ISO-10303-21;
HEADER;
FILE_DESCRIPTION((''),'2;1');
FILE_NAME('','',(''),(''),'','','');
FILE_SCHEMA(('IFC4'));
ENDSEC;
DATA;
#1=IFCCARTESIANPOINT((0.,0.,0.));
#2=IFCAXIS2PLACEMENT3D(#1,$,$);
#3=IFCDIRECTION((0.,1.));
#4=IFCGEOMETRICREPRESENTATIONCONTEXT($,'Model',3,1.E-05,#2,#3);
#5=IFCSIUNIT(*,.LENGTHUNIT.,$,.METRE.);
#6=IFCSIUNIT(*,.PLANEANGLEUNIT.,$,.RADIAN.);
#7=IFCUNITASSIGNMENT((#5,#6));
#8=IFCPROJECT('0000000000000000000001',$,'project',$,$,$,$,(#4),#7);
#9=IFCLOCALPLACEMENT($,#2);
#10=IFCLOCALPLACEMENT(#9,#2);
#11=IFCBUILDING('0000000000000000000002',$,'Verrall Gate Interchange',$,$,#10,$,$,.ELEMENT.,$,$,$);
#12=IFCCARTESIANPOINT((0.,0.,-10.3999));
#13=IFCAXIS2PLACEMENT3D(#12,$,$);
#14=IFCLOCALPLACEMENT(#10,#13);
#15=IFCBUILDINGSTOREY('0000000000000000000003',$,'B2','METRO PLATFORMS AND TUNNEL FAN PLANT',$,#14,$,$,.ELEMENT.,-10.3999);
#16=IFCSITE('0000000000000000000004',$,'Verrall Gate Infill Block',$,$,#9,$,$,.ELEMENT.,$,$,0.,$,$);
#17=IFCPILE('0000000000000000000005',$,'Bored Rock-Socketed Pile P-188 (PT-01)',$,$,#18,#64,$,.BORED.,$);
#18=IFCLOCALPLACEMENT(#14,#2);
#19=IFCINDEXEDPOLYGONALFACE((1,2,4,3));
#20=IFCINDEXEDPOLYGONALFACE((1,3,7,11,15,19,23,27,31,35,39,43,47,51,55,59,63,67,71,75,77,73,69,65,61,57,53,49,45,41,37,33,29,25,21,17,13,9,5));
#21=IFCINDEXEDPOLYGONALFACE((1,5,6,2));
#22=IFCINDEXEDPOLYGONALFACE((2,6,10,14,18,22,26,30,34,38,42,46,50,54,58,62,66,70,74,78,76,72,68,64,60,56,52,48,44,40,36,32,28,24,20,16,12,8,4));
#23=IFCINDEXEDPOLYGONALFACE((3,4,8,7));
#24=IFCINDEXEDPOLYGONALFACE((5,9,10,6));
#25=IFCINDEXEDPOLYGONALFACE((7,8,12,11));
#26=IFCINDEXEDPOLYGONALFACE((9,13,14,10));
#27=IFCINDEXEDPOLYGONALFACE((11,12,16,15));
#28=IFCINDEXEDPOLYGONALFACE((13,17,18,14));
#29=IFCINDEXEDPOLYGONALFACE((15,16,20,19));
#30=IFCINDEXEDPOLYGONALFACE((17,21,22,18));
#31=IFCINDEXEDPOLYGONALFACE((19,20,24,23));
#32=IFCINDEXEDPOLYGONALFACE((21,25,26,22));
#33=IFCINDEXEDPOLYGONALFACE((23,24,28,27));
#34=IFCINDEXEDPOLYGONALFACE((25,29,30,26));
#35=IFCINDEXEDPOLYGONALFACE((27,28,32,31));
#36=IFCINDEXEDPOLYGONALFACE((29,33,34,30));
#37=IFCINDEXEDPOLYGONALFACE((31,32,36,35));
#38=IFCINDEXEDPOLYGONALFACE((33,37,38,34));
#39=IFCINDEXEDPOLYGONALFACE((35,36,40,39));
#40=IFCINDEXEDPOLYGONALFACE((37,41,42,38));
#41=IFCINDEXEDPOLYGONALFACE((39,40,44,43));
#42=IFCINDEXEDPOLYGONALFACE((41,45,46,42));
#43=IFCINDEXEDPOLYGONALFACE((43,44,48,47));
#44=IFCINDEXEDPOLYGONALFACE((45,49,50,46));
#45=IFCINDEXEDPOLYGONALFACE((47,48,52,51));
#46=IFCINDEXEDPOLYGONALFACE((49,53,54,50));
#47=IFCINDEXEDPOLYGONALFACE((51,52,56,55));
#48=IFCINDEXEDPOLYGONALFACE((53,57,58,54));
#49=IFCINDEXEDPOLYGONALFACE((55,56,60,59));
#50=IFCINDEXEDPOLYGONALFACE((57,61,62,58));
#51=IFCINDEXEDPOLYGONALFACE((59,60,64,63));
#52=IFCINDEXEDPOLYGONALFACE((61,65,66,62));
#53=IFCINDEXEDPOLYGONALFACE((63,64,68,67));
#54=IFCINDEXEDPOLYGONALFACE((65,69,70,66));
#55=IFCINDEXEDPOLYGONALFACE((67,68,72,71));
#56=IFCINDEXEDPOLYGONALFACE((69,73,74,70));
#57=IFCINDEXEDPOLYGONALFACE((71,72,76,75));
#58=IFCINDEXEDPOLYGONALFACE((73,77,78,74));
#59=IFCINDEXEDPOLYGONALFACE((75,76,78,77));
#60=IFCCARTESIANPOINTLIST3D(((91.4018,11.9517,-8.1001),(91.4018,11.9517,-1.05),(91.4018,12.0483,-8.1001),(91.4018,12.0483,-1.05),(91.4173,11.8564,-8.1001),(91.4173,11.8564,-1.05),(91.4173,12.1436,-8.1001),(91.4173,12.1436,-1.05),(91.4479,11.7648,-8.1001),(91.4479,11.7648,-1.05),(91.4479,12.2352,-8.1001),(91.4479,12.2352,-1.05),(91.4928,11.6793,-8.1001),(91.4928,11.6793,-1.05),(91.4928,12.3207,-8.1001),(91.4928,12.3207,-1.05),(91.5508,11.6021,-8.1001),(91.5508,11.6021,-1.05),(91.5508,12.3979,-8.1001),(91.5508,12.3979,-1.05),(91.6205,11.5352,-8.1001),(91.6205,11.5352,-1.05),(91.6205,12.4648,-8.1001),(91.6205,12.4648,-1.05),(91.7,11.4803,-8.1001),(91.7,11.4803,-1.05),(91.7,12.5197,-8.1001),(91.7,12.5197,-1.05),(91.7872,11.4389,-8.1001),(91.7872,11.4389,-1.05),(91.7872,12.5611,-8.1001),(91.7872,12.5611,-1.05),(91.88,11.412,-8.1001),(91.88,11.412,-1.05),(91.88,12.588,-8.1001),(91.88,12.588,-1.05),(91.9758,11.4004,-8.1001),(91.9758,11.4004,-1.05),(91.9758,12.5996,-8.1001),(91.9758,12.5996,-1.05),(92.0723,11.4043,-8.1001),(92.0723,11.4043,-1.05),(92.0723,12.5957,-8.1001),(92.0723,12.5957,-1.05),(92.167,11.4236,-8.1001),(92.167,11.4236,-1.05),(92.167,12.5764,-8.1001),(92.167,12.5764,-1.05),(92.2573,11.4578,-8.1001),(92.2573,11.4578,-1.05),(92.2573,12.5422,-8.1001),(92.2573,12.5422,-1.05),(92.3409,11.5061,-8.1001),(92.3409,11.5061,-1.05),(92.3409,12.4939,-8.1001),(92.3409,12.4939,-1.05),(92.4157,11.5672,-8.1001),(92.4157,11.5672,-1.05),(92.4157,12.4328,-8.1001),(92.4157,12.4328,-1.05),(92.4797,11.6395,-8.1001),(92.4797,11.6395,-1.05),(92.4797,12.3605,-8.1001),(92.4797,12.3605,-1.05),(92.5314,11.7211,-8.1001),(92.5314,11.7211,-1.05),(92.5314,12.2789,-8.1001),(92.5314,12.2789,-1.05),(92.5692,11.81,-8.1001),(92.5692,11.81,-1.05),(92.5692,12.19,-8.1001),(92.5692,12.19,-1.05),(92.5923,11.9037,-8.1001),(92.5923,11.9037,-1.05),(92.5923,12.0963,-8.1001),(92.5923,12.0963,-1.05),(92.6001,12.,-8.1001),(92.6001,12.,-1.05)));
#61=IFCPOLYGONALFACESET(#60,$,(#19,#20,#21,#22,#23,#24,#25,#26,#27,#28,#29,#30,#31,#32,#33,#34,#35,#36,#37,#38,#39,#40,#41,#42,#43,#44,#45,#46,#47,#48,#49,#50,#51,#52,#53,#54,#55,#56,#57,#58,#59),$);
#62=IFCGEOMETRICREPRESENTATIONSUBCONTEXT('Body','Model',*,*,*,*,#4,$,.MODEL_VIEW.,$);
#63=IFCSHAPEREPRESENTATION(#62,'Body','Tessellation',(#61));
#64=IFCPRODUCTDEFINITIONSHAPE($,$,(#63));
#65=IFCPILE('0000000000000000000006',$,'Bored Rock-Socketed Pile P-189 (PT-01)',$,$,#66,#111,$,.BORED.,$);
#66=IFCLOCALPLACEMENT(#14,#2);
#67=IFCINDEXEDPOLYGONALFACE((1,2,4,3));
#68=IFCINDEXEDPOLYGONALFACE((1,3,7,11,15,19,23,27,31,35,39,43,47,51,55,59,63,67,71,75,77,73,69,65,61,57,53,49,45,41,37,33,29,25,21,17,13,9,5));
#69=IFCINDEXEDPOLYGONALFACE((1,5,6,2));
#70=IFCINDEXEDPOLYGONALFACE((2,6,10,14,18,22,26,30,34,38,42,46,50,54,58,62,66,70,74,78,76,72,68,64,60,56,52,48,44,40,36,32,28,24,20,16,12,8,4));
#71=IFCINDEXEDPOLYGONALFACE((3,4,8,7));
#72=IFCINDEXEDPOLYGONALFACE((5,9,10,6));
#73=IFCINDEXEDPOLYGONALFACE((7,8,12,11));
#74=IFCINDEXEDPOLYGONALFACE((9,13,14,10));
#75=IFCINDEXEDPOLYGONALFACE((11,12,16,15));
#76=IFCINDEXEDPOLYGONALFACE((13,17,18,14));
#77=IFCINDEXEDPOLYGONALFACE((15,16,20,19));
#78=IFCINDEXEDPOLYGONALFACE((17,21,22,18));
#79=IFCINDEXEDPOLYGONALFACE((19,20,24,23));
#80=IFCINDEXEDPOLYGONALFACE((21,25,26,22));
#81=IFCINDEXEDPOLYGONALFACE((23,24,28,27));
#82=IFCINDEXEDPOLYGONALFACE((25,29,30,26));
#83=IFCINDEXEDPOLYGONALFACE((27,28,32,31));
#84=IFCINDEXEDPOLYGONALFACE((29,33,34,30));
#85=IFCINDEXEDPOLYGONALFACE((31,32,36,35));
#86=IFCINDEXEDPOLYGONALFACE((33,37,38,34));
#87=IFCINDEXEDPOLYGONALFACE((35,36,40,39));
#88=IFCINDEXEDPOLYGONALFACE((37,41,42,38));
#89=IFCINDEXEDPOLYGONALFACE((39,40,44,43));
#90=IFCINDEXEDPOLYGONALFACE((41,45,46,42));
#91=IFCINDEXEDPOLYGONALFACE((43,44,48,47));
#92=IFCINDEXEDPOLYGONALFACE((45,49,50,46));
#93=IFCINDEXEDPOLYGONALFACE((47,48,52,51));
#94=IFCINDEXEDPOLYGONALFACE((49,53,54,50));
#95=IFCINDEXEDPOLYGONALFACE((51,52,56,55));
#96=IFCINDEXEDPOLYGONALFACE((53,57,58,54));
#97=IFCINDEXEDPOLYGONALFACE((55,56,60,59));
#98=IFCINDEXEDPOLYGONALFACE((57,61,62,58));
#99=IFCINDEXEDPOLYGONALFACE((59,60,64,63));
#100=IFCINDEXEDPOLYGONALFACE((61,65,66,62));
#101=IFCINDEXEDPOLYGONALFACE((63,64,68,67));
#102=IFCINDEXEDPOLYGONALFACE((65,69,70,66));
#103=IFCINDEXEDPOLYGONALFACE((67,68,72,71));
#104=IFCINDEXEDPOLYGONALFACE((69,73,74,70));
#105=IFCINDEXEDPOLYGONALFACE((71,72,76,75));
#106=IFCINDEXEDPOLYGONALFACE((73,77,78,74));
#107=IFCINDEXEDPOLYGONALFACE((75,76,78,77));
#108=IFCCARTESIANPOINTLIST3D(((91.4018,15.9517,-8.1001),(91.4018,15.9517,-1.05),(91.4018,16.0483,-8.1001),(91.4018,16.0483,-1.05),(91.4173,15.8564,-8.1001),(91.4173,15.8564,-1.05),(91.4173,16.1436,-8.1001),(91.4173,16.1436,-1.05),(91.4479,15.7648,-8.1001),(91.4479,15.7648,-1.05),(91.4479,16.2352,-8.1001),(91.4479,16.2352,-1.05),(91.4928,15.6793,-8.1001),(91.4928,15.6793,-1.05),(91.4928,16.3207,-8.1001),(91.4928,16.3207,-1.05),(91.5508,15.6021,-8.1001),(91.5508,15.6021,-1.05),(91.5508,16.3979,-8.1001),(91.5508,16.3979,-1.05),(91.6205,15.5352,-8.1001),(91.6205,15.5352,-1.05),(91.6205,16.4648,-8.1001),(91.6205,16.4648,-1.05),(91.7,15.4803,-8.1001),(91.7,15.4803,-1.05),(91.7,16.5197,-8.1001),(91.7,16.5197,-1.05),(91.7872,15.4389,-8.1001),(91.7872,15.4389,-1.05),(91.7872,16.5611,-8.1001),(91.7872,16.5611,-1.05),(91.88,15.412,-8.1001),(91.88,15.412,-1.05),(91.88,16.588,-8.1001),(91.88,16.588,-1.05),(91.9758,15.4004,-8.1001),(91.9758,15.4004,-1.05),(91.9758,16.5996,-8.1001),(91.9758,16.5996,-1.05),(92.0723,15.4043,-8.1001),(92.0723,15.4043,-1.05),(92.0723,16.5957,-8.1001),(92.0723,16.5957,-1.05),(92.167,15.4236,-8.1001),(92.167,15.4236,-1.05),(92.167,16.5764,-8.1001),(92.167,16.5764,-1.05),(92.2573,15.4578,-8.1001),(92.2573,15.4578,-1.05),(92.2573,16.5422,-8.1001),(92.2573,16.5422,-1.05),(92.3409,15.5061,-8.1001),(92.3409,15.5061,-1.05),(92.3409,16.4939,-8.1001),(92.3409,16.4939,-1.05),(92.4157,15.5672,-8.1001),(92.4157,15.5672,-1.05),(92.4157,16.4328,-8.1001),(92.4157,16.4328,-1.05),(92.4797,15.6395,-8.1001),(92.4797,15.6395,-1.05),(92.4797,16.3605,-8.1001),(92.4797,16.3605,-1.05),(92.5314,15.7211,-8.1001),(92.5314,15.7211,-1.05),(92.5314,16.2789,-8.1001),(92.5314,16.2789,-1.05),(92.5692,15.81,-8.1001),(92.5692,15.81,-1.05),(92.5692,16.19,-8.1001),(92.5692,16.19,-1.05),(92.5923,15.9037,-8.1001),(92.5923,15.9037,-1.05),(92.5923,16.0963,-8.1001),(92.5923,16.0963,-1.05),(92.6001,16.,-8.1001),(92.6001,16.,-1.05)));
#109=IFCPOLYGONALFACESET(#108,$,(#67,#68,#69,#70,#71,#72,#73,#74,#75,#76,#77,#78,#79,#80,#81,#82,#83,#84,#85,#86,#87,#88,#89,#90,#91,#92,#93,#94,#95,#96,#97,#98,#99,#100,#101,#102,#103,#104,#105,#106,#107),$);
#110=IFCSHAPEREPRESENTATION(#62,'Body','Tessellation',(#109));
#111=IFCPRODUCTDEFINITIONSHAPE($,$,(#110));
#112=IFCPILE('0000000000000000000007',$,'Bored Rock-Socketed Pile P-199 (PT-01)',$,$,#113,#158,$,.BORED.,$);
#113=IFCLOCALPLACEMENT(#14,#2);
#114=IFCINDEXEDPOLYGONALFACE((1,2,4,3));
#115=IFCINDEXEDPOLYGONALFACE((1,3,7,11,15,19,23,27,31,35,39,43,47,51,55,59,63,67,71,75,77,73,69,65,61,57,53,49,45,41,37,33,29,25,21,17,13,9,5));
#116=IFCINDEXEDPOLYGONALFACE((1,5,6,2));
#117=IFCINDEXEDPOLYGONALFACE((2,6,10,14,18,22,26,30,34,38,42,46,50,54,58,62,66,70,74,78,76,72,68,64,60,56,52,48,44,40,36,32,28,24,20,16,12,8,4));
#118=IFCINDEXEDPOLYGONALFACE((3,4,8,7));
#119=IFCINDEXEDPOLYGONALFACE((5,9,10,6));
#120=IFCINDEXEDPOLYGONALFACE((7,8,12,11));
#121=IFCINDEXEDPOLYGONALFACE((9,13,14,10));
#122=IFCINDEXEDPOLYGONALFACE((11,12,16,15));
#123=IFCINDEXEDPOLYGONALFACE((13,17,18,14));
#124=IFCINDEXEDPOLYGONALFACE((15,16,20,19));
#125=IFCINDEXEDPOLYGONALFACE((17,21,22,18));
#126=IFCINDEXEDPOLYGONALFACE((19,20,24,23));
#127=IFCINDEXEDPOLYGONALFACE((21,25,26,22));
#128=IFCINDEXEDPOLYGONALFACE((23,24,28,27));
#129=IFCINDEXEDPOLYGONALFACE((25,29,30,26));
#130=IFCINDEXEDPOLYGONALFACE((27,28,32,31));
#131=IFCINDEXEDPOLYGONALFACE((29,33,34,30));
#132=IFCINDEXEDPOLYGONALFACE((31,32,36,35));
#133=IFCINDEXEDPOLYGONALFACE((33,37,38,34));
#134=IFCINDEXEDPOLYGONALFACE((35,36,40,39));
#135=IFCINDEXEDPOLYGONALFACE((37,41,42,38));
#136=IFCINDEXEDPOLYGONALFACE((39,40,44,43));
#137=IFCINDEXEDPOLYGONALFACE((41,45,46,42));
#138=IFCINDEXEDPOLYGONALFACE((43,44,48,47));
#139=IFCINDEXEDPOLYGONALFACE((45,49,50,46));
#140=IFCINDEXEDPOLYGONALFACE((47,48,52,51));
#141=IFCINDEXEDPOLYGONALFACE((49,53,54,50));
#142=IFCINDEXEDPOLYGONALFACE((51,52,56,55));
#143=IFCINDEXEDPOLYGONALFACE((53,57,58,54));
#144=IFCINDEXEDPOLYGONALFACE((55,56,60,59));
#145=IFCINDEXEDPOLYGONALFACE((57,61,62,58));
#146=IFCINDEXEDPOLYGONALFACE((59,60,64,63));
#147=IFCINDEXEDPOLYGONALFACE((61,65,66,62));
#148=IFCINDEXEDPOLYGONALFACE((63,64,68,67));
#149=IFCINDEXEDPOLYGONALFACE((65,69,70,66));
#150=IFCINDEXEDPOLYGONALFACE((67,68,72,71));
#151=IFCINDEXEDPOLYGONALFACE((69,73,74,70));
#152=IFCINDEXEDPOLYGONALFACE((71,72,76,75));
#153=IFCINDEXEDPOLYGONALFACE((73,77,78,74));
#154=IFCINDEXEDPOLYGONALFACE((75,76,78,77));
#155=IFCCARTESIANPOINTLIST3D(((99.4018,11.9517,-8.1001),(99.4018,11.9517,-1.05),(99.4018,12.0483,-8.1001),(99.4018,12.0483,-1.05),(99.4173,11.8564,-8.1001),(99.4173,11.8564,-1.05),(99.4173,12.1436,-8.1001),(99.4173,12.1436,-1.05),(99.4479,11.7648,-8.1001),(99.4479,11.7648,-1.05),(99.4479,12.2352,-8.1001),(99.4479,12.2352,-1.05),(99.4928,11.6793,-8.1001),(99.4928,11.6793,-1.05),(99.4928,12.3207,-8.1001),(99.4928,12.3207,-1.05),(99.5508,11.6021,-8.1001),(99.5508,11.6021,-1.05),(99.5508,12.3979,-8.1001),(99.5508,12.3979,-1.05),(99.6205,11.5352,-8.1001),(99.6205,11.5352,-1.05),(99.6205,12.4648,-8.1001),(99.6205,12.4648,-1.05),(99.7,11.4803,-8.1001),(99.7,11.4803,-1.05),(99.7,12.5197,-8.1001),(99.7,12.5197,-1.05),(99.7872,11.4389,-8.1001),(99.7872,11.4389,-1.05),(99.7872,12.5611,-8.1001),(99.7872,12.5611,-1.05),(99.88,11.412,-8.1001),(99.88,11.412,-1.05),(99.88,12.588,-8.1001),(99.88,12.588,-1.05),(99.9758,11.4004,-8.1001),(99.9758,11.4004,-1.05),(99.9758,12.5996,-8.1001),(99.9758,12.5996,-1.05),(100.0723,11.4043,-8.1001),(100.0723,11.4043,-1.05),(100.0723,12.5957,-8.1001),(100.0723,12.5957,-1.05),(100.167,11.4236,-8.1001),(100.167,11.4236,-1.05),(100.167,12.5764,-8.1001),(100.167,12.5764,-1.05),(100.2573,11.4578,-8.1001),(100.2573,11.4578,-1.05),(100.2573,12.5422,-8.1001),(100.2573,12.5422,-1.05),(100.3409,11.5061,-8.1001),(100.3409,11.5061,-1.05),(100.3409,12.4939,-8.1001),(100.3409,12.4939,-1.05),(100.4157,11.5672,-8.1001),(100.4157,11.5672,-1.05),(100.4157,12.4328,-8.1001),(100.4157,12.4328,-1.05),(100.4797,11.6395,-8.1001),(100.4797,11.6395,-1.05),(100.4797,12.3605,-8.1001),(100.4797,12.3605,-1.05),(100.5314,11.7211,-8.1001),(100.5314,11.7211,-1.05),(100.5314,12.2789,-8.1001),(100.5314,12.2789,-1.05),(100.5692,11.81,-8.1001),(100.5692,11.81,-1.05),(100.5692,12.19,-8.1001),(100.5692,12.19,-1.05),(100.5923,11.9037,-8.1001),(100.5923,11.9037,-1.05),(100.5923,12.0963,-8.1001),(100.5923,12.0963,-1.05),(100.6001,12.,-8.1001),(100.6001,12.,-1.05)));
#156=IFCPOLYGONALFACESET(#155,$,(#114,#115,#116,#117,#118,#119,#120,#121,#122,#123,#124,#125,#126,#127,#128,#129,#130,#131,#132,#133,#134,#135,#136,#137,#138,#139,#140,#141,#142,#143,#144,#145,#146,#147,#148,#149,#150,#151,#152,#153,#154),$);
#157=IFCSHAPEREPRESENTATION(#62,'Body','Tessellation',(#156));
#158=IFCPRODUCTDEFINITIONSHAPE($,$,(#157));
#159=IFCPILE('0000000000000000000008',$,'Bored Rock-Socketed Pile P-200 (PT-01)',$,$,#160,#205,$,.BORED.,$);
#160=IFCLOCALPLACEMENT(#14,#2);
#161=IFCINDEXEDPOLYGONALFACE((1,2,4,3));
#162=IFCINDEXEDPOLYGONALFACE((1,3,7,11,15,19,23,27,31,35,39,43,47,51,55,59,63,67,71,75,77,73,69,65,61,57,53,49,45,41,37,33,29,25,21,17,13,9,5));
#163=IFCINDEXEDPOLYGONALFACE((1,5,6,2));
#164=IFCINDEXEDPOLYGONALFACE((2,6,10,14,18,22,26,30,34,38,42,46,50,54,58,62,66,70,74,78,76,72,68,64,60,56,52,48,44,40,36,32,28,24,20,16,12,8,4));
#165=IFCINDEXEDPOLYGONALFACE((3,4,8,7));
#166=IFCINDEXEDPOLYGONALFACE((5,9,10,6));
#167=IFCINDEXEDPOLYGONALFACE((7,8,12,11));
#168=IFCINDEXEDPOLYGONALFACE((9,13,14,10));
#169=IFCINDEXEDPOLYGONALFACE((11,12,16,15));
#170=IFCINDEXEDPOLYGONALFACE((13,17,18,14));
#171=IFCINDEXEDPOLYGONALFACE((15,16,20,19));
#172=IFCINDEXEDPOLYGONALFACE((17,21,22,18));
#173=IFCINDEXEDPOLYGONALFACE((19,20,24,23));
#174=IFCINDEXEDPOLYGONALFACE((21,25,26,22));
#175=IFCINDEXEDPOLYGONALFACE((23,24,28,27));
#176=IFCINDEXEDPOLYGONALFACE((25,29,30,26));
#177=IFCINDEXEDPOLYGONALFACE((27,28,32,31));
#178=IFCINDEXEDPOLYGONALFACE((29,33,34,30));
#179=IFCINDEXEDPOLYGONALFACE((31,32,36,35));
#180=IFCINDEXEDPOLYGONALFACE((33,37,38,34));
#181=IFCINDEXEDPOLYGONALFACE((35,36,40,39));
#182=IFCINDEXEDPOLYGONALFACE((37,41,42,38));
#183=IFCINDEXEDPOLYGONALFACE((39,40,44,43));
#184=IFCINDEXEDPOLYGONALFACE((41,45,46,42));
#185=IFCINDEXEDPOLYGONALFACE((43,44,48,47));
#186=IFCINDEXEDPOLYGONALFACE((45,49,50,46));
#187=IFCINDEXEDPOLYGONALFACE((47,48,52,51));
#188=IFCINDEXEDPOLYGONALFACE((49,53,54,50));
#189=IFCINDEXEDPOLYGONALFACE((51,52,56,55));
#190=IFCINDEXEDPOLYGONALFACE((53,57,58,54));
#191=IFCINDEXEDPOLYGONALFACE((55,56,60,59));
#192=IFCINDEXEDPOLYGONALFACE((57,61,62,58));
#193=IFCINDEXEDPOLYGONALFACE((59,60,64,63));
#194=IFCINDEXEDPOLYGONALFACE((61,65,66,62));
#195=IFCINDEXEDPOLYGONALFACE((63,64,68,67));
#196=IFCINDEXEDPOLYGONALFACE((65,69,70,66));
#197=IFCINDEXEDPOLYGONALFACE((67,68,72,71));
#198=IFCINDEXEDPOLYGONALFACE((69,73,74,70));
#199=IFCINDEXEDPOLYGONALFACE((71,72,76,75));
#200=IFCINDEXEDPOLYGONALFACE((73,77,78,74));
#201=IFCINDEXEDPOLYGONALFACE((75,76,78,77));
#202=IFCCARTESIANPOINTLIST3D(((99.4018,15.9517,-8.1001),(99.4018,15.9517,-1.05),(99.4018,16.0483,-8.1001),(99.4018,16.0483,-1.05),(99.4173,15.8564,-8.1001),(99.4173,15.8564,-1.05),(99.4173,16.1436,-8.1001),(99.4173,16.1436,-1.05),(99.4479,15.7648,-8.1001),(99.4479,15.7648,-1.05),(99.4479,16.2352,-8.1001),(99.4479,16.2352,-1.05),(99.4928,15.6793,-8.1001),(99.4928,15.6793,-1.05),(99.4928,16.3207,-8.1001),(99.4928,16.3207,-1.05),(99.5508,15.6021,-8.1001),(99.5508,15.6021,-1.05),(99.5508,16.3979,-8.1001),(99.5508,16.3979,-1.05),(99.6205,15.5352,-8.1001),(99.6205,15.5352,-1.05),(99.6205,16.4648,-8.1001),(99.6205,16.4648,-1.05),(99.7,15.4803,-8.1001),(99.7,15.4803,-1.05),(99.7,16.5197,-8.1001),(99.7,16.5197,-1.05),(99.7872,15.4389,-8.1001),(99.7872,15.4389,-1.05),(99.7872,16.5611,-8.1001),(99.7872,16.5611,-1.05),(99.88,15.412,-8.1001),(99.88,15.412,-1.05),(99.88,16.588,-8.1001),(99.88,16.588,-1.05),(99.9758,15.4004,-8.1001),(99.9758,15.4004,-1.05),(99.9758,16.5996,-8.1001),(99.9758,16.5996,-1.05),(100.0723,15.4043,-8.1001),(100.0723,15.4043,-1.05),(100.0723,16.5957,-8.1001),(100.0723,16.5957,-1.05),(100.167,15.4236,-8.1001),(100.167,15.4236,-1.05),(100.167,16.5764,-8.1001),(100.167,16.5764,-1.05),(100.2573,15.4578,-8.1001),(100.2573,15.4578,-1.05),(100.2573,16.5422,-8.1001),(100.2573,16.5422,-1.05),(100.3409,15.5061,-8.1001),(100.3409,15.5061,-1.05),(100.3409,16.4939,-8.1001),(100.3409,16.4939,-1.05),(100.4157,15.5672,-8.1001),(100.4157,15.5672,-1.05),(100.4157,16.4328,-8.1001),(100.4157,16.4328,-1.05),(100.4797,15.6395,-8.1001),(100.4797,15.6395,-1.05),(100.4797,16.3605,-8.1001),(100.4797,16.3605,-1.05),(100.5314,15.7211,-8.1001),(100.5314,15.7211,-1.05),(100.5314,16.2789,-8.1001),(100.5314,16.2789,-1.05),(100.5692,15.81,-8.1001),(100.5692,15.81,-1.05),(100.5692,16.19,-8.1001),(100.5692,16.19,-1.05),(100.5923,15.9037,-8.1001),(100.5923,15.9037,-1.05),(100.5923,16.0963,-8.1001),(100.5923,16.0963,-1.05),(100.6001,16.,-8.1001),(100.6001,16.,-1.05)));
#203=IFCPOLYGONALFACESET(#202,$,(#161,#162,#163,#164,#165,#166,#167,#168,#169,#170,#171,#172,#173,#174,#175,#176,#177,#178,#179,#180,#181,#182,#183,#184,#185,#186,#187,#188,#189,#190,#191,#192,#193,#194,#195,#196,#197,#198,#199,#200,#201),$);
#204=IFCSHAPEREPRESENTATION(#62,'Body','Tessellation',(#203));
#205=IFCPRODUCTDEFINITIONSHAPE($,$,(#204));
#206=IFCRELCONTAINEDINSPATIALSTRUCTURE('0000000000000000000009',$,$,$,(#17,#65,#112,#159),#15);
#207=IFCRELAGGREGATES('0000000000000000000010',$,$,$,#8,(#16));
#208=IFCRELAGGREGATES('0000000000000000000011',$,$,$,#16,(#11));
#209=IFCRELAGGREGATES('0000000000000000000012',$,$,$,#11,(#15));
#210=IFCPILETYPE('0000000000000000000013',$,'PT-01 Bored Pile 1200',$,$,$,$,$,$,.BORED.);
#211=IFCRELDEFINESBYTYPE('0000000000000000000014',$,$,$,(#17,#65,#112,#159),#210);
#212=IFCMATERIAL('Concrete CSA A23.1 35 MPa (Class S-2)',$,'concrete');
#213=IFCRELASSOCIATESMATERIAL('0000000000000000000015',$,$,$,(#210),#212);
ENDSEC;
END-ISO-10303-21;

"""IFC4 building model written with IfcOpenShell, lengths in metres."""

from ifc_helpers import new_model, si_unit, direction, frame, origin, origin_2d, place, context, subcontext, project, spatial, circle, extrude, material, material_profile, profile_set, type_object, element, save


model = new_model("IFC4")

# Units and contexts
model_context = context("Model", 3, precision=1e-05, world=origin(), true_north=direction((0.0, 1.0)))
body_context = subcontext(model_context, "Body", "Model", "MODEL_VIEW")
ifc_project = project(units=[si_unit("LENGTHUNIT", "METRE"), si_unit("PLANEANGLEUNIT", "RADIAN")], contexts=[model_context])

# Site, building, storey
site_placement = place(None, origin())
site = spatial("IfcSite", under=ifc_project, at=site_placement, Name="Verrall Gate Infill Block", CompositionType="ELEMENT", RefElevation=0.0)
building_placement = place(site_placement, origin())
building = spatial("IfcBuilding", under=site, at=building_placement, Name="Verrall Gate Interchange", CompositionType="ELEMENT")
storey_placement = place(building_placement, frame((0.0, 0.0, -10.3999)))
storey = spatial("IfcBuildingStorey", under=building, at=storey_placement, Name="B2", Description="METRO PLATFORMS AND TUNNEL FAN PLANT", CompositionType="ELEMENT", Elevation=-10.3999)

# Piles
ifc_material_1 = material(Name="Concrete CSA A23.1 35 MPa (Class S-2)", Category="concrete")
ifc_material_profile_1 = material_profile(ifc_material_1, circle(Radius=0.6001, at=origin_2d()), Name="PILE1200D")
ifc_profile_set_1 = profile_set([ifc_material_profile_1], Name="Concrete CSA A23.1 35 MPa (Class S-2)")
pile_type_1 = type_object("IfcPileType", Name="PT-01 Bored Pile 1200", PredefinedType="BORED", material=ifc_profile_set_1)
for number, where, z_axis, x_axis, name in (
    (1, (92.0, 12.0, -1.05), (0.0, 0.0, -1.0), (1.0, 0.0, 0.0), "Bored Rock-Socketed Pile P-188 (PT-01)"),
    (2, (92.0, 16.0, -1.05), (0.0, 0.0, -1.0), (1.0, 0.0, 0.0), "Bored Rock-Socketed Pile P-189 (PT-01)"),
    (3, (100.0, 12.0, -1.05), (0.0, 0.0, -1.0), (1.0, 0.0, 0.0), "Bored Rock-Socketed Pile P-199 (PT-01)"),
    (4, (100.0, 16.0, -1.05), (0.0, 0.0, -1.0), (1.0, 0.0, 0.0), "Bored Rock-Socketed Pile P-200 (PT-01)"),
):
    element("IfcPile", number, at=place(storey_placement, frame(where, z_axis=z_axis, x_axis=x_axis)), inside=storey, type_object=pile_type_1, Name=name, PredefinedType="BORED", context=body_context, shape_type="SweptSolid", body=[
        extrude(circle(Radius=0.6001, at=origin_2d()), origin(), (0.0, 0.0, 1.0), 7.05),
    ])

save(model, "model.ifc")
